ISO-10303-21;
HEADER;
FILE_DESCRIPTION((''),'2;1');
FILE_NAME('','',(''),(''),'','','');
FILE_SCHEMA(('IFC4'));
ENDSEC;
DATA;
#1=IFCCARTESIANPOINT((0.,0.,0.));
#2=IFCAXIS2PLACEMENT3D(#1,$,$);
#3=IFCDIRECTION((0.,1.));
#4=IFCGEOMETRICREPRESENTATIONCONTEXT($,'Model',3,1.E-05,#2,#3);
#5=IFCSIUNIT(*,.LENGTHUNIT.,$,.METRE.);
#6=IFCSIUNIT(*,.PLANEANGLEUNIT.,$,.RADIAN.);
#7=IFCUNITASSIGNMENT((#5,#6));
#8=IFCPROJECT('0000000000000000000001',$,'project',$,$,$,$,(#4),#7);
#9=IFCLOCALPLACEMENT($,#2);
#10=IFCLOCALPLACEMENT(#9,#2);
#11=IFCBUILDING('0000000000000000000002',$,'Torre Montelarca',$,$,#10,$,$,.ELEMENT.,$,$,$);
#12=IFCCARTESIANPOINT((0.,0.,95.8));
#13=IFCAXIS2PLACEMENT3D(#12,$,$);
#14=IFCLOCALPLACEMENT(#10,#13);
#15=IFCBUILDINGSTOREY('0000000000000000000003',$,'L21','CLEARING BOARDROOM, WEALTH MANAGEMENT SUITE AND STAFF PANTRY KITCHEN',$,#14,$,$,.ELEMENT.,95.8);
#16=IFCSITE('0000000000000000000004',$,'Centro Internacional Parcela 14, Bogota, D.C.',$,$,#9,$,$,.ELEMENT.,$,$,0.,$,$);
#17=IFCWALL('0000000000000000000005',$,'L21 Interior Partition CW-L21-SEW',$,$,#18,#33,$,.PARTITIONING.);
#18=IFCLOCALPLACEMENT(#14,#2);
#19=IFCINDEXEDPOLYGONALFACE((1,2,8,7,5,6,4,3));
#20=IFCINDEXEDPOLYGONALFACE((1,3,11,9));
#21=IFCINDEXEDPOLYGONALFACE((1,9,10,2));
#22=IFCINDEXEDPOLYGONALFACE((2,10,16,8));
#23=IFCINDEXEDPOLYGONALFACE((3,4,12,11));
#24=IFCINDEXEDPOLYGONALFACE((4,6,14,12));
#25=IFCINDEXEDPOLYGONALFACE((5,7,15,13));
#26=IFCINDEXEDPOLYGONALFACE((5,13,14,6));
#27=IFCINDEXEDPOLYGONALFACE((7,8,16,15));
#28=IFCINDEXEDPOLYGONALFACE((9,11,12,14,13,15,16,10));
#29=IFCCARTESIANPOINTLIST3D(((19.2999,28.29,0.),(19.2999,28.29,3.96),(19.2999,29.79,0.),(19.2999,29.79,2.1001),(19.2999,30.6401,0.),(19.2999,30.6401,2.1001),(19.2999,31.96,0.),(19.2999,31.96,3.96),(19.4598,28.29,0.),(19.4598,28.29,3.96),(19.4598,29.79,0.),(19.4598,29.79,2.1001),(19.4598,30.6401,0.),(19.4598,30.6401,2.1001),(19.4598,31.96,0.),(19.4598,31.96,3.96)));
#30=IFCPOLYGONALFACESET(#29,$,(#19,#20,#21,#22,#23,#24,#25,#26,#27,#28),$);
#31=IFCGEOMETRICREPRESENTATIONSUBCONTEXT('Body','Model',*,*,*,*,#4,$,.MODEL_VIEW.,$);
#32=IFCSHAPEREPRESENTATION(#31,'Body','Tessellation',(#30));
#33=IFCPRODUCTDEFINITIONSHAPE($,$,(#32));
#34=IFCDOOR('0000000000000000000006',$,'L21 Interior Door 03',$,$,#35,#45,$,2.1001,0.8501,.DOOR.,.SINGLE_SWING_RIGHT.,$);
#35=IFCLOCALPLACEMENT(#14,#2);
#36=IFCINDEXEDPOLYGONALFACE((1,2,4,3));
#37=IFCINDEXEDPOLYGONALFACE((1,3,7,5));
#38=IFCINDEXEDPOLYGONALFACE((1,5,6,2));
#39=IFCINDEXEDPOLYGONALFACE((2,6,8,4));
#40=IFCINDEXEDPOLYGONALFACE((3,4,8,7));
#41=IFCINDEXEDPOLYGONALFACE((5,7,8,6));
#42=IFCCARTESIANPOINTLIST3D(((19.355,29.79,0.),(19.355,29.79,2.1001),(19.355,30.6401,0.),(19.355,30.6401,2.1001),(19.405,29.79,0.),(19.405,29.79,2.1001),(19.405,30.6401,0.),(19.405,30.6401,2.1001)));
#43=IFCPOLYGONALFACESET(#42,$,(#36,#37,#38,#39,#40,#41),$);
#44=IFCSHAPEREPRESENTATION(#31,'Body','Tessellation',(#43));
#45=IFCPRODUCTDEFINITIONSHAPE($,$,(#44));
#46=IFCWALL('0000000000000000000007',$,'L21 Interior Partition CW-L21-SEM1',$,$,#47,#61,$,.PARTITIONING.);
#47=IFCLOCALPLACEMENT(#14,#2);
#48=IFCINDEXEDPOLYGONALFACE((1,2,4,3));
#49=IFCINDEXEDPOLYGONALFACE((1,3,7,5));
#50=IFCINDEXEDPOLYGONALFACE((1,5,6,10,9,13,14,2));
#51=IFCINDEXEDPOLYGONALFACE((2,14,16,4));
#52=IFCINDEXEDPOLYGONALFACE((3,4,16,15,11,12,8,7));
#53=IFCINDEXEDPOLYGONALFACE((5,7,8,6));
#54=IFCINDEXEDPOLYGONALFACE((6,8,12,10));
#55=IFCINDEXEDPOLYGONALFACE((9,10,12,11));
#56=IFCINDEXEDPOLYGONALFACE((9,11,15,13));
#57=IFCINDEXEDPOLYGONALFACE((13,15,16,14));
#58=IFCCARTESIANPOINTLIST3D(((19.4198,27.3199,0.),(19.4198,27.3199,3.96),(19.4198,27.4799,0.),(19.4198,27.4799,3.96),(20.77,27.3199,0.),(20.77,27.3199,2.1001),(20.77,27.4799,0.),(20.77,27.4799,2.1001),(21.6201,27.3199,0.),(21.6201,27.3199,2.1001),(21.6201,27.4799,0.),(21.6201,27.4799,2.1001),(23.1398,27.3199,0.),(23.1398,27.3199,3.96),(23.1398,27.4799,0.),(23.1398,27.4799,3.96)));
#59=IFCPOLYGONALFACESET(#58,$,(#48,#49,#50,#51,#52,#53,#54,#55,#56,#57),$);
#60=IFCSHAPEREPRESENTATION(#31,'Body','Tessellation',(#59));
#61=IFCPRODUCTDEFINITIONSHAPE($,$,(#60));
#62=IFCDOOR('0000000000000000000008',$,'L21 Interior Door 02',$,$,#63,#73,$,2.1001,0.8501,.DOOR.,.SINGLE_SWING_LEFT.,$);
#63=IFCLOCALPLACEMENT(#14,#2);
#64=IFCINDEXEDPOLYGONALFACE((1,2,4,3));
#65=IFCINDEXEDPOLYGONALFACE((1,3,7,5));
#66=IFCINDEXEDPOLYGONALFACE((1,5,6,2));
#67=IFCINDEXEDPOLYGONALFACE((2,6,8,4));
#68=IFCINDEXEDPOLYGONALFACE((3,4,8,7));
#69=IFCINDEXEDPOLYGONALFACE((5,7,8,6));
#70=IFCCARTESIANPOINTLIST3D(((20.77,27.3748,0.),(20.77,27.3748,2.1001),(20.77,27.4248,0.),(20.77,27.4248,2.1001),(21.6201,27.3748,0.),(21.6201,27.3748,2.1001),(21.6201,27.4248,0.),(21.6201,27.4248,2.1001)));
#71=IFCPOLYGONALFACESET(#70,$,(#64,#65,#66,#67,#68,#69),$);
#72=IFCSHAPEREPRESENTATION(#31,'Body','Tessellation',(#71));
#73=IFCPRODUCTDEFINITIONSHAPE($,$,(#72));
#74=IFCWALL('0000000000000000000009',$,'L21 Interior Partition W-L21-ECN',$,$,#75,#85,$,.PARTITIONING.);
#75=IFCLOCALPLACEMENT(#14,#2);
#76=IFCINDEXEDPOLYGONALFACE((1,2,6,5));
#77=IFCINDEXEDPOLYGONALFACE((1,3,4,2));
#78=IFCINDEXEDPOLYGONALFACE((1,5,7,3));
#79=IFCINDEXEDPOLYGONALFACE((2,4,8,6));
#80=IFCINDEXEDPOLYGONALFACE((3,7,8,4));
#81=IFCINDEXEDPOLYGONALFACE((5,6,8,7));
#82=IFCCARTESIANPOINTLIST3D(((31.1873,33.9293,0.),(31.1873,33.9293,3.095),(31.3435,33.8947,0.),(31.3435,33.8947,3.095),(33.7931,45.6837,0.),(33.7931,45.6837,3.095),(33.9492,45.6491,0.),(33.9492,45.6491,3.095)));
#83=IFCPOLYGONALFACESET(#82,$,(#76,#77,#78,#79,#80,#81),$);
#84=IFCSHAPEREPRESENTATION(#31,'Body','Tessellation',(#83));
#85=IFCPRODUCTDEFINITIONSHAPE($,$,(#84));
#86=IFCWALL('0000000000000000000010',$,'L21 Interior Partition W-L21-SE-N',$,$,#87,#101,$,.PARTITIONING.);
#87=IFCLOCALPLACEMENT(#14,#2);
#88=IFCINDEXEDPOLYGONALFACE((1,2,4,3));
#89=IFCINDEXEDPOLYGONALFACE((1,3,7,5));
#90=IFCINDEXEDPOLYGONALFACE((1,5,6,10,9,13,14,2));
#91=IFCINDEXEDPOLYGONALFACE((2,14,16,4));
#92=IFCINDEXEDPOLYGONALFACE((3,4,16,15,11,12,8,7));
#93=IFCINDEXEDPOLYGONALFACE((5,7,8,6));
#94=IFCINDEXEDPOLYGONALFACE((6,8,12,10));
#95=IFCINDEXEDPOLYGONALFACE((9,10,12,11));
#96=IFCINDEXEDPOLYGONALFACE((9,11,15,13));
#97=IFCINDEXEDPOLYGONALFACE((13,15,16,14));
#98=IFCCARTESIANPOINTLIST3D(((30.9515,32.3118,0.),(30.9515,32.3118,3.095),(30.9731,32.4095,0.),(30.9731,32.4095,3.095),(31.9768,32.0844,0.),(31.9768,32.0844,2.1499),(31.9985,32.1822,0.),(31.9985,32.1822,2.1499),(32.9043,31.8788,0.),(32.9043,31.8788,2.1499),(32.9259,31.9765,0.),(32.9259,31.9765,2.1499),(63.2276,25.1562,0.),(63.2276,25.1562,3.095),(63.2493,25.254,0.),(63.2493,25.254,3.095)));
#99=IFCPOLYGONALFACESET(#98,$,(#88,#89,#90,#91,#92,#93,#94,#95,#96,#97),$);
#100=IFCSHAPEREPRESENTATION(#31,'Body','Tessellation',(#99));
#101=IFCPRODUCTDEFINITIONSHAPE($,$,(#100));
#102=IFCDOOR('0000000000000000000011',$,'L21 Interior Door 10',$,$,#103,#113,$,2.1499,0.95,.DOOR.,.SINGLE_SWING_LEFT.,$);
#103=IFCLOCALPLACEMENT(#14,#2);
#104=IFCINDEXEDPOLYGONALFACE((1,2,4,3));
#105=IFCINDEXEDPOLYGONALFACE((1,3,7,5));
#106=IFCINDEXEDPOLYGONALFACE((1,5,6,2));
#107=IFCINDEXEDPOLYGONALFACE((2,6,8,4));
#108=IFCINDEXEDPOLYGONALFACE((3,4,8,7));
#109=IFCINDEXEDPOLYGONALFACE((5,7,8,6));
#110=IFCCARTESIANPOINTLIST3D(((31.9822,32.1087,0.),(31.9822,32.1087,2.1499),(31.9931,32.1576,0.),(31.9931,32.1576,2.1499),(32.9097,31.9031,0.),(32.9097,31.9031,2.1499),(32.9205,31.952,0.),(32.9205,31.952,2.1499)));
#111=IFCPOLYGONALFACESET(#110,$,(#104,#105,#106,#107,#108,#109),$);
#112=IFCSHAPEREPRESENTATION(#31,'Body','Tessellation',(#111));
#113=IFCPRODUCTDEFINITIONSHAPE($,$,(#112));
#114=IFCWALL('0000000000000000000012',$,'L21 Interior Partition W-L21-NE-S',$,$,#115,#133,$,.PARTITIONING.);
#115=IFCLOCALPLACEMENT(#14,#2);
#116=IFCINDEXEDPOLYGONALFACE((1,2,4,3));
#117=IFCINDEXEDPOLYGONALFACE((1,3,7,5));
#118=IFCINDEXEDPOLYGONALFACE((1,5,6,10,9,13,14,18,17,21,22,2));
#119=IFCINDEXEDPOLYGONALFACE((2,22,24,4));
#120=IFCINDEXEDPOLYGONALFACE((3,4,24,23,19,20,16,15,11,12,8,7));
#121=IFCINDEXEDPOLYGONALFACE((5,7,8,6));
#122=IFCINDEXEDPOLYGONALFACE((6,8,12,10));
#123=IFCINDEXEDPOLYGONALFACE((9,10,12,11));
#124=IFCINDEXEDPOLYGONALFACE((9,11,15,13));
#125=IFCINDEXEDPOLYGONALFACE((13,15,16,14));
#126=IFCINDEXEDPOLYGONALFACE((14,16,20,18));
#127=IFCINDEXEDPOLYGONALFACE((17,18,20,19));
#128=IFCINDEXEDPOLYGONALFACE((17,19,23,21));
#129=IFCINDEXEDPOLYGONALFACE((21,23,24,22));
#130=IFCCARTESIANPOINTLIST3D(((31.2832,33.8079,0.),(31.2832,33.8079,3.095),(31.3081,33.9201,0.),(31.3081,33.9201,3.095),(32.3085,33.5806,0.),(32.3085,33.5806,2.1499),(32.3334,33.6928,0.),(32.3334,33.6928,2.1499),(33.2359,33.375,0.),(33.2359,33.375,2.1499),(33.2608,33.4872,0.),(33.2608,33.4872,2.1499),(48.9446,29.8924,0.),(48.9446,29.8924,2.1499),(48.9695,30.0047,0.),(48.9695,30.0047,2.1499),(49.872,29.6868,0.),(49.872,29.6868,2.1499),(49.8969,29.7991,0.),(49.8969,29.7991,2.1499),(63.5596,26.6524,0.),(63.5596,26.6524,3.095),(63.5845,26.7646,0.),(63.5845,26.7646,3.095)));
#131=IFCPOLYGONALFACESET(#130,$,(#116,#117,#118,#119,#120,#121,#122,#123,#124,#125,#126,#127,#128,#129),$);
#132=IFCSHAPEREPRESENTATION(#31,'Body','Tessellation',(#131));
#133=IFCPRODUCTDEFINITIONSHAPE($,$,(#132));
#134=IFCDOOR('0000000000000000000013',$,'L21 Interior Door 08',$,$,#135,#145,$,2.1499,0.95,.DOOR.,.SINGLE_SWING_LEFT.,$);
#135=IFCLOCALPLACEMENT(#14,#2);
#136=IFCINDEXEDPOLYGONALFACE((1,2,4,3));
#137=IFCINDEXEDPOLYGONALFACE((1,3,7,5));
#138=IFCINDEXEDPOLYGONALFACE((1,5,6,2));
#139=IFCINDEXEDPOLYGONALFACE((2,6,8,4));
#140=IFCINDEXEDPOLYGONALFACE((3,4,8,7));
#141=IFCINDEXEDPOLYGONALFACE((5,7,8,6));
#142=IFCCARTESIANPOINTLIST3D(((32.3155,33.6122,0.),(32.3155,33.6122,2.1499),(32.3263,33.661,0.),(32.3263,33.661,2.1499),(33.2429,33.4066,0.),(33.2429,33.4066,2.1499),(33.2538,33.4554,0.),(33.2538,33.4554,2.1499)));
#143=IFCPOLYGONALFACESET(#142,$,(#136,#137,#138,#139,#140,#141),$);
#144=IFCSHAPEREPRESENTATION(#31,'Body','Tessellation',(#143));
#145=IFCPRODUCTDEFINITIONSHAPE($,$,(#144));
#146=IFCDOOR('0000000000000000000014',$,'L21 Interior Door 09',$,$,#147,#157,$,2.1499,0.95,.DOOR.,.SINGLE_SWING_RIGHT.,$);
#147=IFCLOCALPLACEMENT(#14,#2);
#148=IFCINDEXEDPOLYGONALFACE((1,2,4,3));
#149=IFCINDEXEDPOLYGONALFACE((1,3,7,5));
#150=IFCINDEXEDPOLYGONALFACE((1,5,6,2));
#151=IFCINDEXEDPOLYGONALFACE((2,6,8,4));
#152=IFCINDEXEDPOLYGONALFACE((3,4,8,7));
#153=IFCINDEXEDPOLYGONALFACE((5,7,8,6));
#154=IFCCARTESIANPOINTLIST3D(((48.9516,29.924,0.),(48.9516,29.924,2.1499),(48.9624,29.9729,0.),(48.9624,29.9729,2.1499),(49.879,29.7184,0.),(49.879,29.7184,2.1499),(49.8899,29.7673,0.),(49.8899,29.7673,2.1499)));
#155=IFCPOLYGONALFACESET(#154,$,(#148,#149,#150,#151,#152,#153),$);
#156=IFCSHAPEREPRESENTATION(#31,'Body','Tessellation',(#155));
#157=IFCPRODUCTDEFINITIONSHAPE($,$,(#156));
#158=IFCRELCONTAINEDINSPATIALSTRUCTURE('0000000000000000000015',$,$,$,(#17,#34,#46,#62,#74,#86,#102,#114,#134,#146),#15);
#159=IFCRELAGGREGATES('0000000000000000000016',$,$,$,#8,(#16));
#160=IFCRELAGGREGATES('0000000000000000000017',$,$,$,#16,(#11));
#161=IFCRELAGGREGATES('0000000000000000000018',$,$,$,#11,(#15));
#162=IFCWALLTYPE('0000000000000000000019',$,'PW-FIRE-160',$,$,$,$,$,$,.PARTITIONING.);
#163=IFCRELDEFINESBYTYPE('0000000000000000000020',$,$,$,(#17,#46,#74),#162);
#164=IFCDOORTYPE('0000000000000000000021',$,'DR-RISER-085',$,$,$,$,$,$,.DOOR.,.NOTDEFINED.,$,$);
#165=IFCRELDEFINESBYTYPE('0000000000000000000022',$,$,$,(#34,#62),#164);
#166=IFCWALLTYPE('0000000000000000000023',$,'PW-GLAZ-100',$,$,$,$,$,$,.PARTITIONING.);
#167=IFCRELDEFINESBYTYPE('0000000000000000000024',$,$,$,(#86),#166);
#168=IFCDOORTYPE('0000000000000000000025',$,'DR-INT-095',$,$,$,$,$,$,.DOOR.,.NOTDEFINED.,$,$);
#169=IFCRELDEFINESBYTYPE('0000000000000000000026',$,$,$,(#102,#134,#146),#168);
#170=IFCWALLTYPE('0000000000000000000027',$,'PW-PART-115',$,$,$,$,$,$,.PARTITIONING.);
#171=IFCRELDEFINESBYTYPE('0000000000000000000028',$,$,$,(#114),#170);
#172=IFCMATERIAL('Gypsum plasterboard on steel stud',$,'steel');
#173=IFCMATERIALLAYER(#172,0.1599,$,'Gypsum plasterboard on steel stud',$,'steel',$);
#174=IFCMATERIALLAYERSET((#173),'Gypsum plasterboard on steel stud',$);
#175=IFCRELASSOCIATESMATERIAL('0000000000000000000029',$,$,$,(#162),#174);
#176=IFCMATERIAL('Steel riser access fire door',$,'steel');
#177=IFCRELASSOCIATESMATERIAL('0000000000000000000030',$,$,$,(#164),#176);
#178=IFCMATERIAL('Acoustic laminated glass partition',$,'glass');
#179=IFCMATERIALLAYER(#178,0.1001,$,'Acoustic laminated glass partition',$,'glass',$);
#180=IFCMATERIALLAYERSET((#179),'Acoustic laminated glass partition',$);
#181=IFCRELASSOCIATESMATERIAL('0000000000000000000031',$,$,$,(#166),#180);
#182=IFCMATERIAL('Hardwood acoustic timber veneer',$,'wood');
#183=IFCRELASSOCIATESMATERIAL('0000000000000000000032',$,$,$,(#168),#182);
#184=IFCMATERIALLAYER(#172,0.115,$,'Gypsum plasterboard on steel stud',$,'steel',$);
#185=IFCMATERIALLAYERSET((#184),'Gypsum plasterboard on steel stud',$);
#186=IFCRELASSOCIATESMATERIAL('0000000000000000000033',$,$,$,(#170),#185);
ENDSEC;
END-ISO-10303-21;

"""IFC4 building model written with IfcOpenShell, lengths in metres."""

from ifc_helpers import new_model, si_unit, direction, frame, frame_2d, origin, place, context, subcontext, project, spatial, rectangle, extrude, source, transform, mapped, material, layer, layer_set, type_object, element, fill, save


model = new_model("IFC4")

# Units and contexts
model_context = context("Model", 3, precision=1e-05, world=origin(), true_north=direction((0.0, 1.0)))
body_context = subcontext(model_context, "Body", "Model", "MODEL_VIEW")
ifc_project = project(units=[si_unit("LENGTHUNIT", "METRE"), si_unit("PLANEANGLEUNIT", "RADIAN")], contexts=[model_context])

# Site, building, storey
site_placement = place(None, origin())
site = spatial("IfcSite", under=ifc_project, at=site_placement, Name="Centro Internacional Parcela 14, Bogota, D.C.", CompositionType="ELEMENT", RefElevation=0.0)
building_placement = place(site_placement, origin())
building = spatial("IfcBuilding", under=site, at=building_placement, Name="Torre Montelarca", CompositionType="ELEMENT")
storey_placement = place(building_placement, frame((0.0, 0.0, 95.8)))
storey = spatial("IfcBuildingStorey", under=building, at=storey_placement, Name="L21", Description="CLEARING BOARDROOM, WEALTH MANAGEMENT SUITE AND STAFF PANTRY KITCHEN", CompositionType="ELEMENT", Elevation=95.8)

# Shared definitions
ifc_material_1 = material(Name="Gypsum plasterboard on steel stud", Category="steel")
ifc_layer_1 = layer(ifc_material_1, 0.1599, Name="Gypsum plasterboard on steel stud", Category="steel")
ifc_layer_set_1 = layer_set([ifc_layer_1], Name="Gypsum plasterboard on steel stud")
wall_type_1 = type_object("IfcWallType", Name="PW-FIRE-160", PredefinedType="PARTITIONING", material=ifc_layer_set_1)

# Walls, openings, doors
wall_1_placement = place(storey_placement, frame((19.3799, 28.29, 0.0), z_axis=(0.0, 0.0, 1.0), x_axis=(0.0, 1.0, 0.0)))
wall_1 = element("IfcWall", 1, at=wall_1_placement, inside=storey, type_object=wall_type_1, Name="L21 Interior Partition CW-L21-SEW", PredefinedType="PARTITIONING", context=body_context, shape_type="SweptSolid", body=[
    extrude(rectangle(XDim=3.6699, YDim=0.1599, at=frame_2d((1.835, 0.0))), origin(), (0.0, 0.0, 1.0), 3.96),
])
opening_1_placement = place(wall_1_placement, frame((1.5, 0.0, 0.0)))
opening_1 = element("IfcOpeningElement", 2, at=opening_1_placement, cuts=wall_1, PredefinedType="OPENING", context=body_context, shape_type="SweptSolid", body=[
    extrude(rectangle(XDim=0.8501, YDim=2.1001, at=frame_2d((0.425, 1.05))), frame((0.0, 0.0898, 0.0), z_axis=(0.0, -1.0, 0.0), x_axis=(1.0, 0.0, 0.0)), (0.0, 0.0, 1.0), 0.1799),
])
ifc_material_2 = material(Name="Steel riser access fire door", Category="steel")
door_type_1 = type_object("IfcDoorType", Name="DR-RISER-085", OperationType="NOTDEFINED", PredefinedType="DOOR", material=ifc_material_2)
shared_shape_1 = source(origin(), body_context, "Body", "SweptSolid", [
    extrude(rectangle(XDim=0.8501, YDim=2.1001, at=frame_2d((0.425, 1.05))), frame((0.0, 0.0249, 0.0), z_axis=(0.0, -1.0, 0.0), x_axis=(1.0, 0.0, 0.0)), (0.0, 0.0, 1.0), 0.05),
])
door_1_placement = place(opening_1_placement, origin())
door_1 = element("IfcDoor", 3, at=door_1_placement, inside=storey, type_object=door_type_1, Name="L21 Interior Door 03", OperationType="SINGLE_SWING_RIGHT", OverallHeight=2.1001, OverallWidth=0.8501, PredefinedType="DOOR", context=body_context, shape_type="MappedRepresentation", body=[
    mapped(shared_shape_1, transform((0.0, 0.0, 0.0), scale=1.0)),
])
fill(opening_1, door_1)
wall_2_placement = place(storey_placement, frame((19.4199, 27.3999, 0.0), z_axis=(0.0, 0.0, 1.0), x_axis=(1.0, 0.0, 0.0)))
wall_2 = element("IfcWall", 4, at=wall_2_placement, inside=storey, type_object=wall_type_1, Name="L21 Interior Partition CW-L21-SEM1", PredefinedType="PARTITIONING", context=body_context, shape_type="SweptSolid", body=[
    extrude(rectangle(XDim=3.72, YDim=0.1599, at=frame_2d((1.8599, 0.0))), origin(), (0.0, 0.0, 1.0), 3.96),
])
opening_2_placement = place(wall_2_placement, frame((1.3501, 0.0, 0.0)))
opening_2 = element("IfcOpeningElement", 5, at=opening_2_placement, cuts=wall_2, PredefinedType="OPENING", context=body_context, shape_type="SweptSolid", body=[
    extrude(rectangle(XDim=0.8501, YDim=2.1001, at=frame_2d((0.425, 1.05))), frame((0.0, 0.0898, 0.0), z_axis=(0.0, -1.0, 0.0), x_axis=(1.0, 0.0, 0.0)), (0.0, 0.0, 1.0), 0.1799),
])
door_2_placement = place(opening_2_placement, origin())
door_2 = element("IfcDoor", 6, at=door_2_placement, inside=storey, type_object=door_type_1, Name="L21 Interior Door 02", OperationType="SINGLE_SWING_LEFT", OverallHeight=2.1001, OverallWidth=0.8501, PredefinedType="DOOR", context=body_context, shape_type="MappedRepresentation", body=[
    mapped(shared_shape_1, transform((0.0, 0.0, 0.0), scale=1.0)),
])
fill(opening_2, door_2)

# Wall
wall_3_placement = place(storey_placement, frame((31.2654, 33.9119, 0.0), z_axis=(0.0, 0.0, 1.0), x_axis=(0.216426, 0.976299, 0.0)))
element("IfcWall", 7, at=wall_3_placement, inside=storey, type_object=wall_type_1, Name="L21 Interior Partition W-L21-ECN", PredefinedType="PARTITIONING", context=body_context, shape_type="SweptSolid", body=[
    extrude(rectangle(XDim=12.0398, YDim=0.1599, at=frame_2d((6.02, 0.0))), origin(), (0.0, 0.0, 1.0), 3.095),
])

# Wall, opening, door
ifc_material_3 = material(Name="Acoustic laminated glass partition", Category="glass")
ifc_layer_2 = layer(ifc_material_3, 0.1001, Name="Acoustic laminated glass partition", Category="glass")
ifc_layer_set_2 = layer_set([ifc_layer_2], Name="Acoustic laminated glass partition")
wall_type_2 = type_object("IfcWallType", Name="PW-GLAZ-100", PredefinedType="PARTITIONING", material=ifc_layer_set_2)
wall_4_placement = place(storey_placement, frame((30.9624, 32.3606, 0.0), z_axis=(0.0, 0.0, 1.0), x_axis=(0.976296, -0.216442, 0.0)))
wall_4 = element("IfcWall", 8, at=wall_4_placement, inside=storey, type_object=wall_type_2, Name="L21 Interior Partition W-L21-SE-N", PredefinedType="PARTITIONING", context=body_context, shape_type="SweptSolid", body=[
    extrude(rectangle(XDim=33.0598, YDim=0.1001, at=frame_2d((16.5298, 0.0))), origin(), (0.0, 0.0, 1.0), 3.095),
])
opening_3_placement = place(wall_4_placement, frame((1.05, 0.0, 0.0)))
opening_3 = element("IfcOpeningElement", 9, at=opening_3_placement, cuts=wall_4, PredefinedType="OPENING", context=body_context, shape_type="SweptSolid", body=[
    extrude(rectangle(XDim=0.95, YDim=2.1499, at=frame_2d((0.4751, 1.075))), frame((0.0, 0.0601, 0.0), z_axis=(0.0, -1.0, 0.0), x_axis=(1.0, 0.0, 0.0)), (0.0, 0.0, 1.0), 0.1201),
])
ifc_material_4 = material(Name="Hardwood acoustic timber veneer", Category="wood")
door_type_2 = type_object("IfcDoorType", Name="DR-INT-095", OperationType="NOTDEFINED", PredefinedType="DOOR", material=ifc_material_4)
shared_shape_2 = source(origin(), body_context, "Body", "SweptSolid", [
    extrude(rectangle(XDim=0.95, YDim=2.1499, at=frame_2d((0.4751, 1.075))), frame((0.0, 0.0249, 0.0), z_axis=(0.0, -1.0, 0.0), x_axis=(1.0, 0.0, 0.0)), (0.0, 0.0, 1.0), 0.05),
])
door_3_placement = place(opening_3_placement, origin())
door_3 = element("IfcDoor", 10, at=door_3_placement, inside=storey, type_object=door_type_2, Name="L21 Interior Door 10", OperationType="SINGLE_SWING_LEFT", OverallHeight=2.1499, OverallWidth=0.95, PredefinedType="DOOR", context=body_context, shape_type="MappedRepresentation", body=[
    mapped(shared_shape_2, transform((0.0, 0.0, 0.0), scale=1.0)),
])
fill(opening_3, door_3)

# Wall, openings, doors
ifc_layer_3 = layer(ifc_material_1, 0.115, Name="Gypsum plasterboard on steel stud", Category="steel")
ifc_layer_set_3 = layer_set([ifc_layer_3], Name="Gypsum plasterboard on steel stud")
wall_type_3 = type_object("IfcWallType", Name="PW-PART-115", PredefinedType="PARTITIONING", material=ifc_layer_set_3)
wall_5_placement = place(storey_placement, frame((31.2957, 33.864, 0.0), z_axis=(0.0, 0.0, 1.0), x_axis=(0.976296, -0.21644, 0.0)))
wall_5 = element("IfcWall", 11, at=wall_5_placement, inside=storey, type_object=wall_type_3, Name="L21 Interior Partition W-L21-NE-S", PredefinedType="PARTITIONING", context=body_context, shape_type="SweptSolid", body=[
    extrude(rectangle(XDim=33.0601, YDim=0.115, at=frame_2d((16.53, 0.0))), origin(), (0.0, 0.0, 1.0), 3.095),
])
opening_4_placement = place(wall_5_placement, frame((1.05, 0.0, 0.0)))
opening_4 = element("IfcOpeningElement", 12, at=opening_4_placement, cuts=wall_5, PredefinedType="OPENING", context=body_context, shape_type="SweptSolid", body=[
    extrude(rectangle(XDim=0.95, YDim=2.1499, at=frame_2d((0.4751, 1.075))), frame((0.0, 0.0674, 0.0), z_axis=(0.0, -1.0, 0.0), x_axis=(1.0, 0.0, 0.0)), (0.0, 0.0, 1.0), 0.135),
])
opening_5_placement = place(wall_5_placement, frame((18.0901, 0.0, 0.0)))
opening_5 = element("IfcOpeningElement", 13, at=opening_5_placement, cuts=wall_5, PredefinedType="OPENING", context=body_context, shape_type="SweptSolid", body=[
    extrude(rectangle(XDim=0.95, YDim=2.1499, at=frame_2d((0.4751, 1.075))), frame((0.0, 0.0674, 0.0), z_axis=(0.0, -1.0, 0.0), x_axis=(1.0, 0.0, 0.0)), (0.0, 0.0, 1.0), 0.135),
])
door_4_placement = place(opening_4_placement, origin())
door_4 = element("IfcDoor", 14, at=door_4_placement, inside=storey, type_object=door_type_2, Name="L21 Interior Door 08", OperationType="SINGLE_SWING_LEFT", OverallHeight=2.1499, OverallWidth=0.95, PredefinedType="DOOR", context=body_context, shape_type="MappedRepresentation", body=[
    mapped(shared_shape_2, transform((0.0, 0.0, 0.0), scale=1.0)),
])
fill(opening_4, door_4)
door_5_placement = place(opening_5_placement, origin())
door_5 = element("IfcDoor", 15, at=door_5_placement, inside=storey, type_object=door_type_2, Name="L21 Interior Door 09", OperationType="SINGLE_SWING_RIGHT", OverallHeight=2.1499, OverallWidth=0.95, PredefinedType="DOOR", context=body_context, shape_type="MappedRepresentation", body=[
    mapped(shared_shape_2, transform((0.0, 0.0, 0.0), scale=1.0)),
])
fill(opening_5, door_5)

save(model, "model.ifc")
